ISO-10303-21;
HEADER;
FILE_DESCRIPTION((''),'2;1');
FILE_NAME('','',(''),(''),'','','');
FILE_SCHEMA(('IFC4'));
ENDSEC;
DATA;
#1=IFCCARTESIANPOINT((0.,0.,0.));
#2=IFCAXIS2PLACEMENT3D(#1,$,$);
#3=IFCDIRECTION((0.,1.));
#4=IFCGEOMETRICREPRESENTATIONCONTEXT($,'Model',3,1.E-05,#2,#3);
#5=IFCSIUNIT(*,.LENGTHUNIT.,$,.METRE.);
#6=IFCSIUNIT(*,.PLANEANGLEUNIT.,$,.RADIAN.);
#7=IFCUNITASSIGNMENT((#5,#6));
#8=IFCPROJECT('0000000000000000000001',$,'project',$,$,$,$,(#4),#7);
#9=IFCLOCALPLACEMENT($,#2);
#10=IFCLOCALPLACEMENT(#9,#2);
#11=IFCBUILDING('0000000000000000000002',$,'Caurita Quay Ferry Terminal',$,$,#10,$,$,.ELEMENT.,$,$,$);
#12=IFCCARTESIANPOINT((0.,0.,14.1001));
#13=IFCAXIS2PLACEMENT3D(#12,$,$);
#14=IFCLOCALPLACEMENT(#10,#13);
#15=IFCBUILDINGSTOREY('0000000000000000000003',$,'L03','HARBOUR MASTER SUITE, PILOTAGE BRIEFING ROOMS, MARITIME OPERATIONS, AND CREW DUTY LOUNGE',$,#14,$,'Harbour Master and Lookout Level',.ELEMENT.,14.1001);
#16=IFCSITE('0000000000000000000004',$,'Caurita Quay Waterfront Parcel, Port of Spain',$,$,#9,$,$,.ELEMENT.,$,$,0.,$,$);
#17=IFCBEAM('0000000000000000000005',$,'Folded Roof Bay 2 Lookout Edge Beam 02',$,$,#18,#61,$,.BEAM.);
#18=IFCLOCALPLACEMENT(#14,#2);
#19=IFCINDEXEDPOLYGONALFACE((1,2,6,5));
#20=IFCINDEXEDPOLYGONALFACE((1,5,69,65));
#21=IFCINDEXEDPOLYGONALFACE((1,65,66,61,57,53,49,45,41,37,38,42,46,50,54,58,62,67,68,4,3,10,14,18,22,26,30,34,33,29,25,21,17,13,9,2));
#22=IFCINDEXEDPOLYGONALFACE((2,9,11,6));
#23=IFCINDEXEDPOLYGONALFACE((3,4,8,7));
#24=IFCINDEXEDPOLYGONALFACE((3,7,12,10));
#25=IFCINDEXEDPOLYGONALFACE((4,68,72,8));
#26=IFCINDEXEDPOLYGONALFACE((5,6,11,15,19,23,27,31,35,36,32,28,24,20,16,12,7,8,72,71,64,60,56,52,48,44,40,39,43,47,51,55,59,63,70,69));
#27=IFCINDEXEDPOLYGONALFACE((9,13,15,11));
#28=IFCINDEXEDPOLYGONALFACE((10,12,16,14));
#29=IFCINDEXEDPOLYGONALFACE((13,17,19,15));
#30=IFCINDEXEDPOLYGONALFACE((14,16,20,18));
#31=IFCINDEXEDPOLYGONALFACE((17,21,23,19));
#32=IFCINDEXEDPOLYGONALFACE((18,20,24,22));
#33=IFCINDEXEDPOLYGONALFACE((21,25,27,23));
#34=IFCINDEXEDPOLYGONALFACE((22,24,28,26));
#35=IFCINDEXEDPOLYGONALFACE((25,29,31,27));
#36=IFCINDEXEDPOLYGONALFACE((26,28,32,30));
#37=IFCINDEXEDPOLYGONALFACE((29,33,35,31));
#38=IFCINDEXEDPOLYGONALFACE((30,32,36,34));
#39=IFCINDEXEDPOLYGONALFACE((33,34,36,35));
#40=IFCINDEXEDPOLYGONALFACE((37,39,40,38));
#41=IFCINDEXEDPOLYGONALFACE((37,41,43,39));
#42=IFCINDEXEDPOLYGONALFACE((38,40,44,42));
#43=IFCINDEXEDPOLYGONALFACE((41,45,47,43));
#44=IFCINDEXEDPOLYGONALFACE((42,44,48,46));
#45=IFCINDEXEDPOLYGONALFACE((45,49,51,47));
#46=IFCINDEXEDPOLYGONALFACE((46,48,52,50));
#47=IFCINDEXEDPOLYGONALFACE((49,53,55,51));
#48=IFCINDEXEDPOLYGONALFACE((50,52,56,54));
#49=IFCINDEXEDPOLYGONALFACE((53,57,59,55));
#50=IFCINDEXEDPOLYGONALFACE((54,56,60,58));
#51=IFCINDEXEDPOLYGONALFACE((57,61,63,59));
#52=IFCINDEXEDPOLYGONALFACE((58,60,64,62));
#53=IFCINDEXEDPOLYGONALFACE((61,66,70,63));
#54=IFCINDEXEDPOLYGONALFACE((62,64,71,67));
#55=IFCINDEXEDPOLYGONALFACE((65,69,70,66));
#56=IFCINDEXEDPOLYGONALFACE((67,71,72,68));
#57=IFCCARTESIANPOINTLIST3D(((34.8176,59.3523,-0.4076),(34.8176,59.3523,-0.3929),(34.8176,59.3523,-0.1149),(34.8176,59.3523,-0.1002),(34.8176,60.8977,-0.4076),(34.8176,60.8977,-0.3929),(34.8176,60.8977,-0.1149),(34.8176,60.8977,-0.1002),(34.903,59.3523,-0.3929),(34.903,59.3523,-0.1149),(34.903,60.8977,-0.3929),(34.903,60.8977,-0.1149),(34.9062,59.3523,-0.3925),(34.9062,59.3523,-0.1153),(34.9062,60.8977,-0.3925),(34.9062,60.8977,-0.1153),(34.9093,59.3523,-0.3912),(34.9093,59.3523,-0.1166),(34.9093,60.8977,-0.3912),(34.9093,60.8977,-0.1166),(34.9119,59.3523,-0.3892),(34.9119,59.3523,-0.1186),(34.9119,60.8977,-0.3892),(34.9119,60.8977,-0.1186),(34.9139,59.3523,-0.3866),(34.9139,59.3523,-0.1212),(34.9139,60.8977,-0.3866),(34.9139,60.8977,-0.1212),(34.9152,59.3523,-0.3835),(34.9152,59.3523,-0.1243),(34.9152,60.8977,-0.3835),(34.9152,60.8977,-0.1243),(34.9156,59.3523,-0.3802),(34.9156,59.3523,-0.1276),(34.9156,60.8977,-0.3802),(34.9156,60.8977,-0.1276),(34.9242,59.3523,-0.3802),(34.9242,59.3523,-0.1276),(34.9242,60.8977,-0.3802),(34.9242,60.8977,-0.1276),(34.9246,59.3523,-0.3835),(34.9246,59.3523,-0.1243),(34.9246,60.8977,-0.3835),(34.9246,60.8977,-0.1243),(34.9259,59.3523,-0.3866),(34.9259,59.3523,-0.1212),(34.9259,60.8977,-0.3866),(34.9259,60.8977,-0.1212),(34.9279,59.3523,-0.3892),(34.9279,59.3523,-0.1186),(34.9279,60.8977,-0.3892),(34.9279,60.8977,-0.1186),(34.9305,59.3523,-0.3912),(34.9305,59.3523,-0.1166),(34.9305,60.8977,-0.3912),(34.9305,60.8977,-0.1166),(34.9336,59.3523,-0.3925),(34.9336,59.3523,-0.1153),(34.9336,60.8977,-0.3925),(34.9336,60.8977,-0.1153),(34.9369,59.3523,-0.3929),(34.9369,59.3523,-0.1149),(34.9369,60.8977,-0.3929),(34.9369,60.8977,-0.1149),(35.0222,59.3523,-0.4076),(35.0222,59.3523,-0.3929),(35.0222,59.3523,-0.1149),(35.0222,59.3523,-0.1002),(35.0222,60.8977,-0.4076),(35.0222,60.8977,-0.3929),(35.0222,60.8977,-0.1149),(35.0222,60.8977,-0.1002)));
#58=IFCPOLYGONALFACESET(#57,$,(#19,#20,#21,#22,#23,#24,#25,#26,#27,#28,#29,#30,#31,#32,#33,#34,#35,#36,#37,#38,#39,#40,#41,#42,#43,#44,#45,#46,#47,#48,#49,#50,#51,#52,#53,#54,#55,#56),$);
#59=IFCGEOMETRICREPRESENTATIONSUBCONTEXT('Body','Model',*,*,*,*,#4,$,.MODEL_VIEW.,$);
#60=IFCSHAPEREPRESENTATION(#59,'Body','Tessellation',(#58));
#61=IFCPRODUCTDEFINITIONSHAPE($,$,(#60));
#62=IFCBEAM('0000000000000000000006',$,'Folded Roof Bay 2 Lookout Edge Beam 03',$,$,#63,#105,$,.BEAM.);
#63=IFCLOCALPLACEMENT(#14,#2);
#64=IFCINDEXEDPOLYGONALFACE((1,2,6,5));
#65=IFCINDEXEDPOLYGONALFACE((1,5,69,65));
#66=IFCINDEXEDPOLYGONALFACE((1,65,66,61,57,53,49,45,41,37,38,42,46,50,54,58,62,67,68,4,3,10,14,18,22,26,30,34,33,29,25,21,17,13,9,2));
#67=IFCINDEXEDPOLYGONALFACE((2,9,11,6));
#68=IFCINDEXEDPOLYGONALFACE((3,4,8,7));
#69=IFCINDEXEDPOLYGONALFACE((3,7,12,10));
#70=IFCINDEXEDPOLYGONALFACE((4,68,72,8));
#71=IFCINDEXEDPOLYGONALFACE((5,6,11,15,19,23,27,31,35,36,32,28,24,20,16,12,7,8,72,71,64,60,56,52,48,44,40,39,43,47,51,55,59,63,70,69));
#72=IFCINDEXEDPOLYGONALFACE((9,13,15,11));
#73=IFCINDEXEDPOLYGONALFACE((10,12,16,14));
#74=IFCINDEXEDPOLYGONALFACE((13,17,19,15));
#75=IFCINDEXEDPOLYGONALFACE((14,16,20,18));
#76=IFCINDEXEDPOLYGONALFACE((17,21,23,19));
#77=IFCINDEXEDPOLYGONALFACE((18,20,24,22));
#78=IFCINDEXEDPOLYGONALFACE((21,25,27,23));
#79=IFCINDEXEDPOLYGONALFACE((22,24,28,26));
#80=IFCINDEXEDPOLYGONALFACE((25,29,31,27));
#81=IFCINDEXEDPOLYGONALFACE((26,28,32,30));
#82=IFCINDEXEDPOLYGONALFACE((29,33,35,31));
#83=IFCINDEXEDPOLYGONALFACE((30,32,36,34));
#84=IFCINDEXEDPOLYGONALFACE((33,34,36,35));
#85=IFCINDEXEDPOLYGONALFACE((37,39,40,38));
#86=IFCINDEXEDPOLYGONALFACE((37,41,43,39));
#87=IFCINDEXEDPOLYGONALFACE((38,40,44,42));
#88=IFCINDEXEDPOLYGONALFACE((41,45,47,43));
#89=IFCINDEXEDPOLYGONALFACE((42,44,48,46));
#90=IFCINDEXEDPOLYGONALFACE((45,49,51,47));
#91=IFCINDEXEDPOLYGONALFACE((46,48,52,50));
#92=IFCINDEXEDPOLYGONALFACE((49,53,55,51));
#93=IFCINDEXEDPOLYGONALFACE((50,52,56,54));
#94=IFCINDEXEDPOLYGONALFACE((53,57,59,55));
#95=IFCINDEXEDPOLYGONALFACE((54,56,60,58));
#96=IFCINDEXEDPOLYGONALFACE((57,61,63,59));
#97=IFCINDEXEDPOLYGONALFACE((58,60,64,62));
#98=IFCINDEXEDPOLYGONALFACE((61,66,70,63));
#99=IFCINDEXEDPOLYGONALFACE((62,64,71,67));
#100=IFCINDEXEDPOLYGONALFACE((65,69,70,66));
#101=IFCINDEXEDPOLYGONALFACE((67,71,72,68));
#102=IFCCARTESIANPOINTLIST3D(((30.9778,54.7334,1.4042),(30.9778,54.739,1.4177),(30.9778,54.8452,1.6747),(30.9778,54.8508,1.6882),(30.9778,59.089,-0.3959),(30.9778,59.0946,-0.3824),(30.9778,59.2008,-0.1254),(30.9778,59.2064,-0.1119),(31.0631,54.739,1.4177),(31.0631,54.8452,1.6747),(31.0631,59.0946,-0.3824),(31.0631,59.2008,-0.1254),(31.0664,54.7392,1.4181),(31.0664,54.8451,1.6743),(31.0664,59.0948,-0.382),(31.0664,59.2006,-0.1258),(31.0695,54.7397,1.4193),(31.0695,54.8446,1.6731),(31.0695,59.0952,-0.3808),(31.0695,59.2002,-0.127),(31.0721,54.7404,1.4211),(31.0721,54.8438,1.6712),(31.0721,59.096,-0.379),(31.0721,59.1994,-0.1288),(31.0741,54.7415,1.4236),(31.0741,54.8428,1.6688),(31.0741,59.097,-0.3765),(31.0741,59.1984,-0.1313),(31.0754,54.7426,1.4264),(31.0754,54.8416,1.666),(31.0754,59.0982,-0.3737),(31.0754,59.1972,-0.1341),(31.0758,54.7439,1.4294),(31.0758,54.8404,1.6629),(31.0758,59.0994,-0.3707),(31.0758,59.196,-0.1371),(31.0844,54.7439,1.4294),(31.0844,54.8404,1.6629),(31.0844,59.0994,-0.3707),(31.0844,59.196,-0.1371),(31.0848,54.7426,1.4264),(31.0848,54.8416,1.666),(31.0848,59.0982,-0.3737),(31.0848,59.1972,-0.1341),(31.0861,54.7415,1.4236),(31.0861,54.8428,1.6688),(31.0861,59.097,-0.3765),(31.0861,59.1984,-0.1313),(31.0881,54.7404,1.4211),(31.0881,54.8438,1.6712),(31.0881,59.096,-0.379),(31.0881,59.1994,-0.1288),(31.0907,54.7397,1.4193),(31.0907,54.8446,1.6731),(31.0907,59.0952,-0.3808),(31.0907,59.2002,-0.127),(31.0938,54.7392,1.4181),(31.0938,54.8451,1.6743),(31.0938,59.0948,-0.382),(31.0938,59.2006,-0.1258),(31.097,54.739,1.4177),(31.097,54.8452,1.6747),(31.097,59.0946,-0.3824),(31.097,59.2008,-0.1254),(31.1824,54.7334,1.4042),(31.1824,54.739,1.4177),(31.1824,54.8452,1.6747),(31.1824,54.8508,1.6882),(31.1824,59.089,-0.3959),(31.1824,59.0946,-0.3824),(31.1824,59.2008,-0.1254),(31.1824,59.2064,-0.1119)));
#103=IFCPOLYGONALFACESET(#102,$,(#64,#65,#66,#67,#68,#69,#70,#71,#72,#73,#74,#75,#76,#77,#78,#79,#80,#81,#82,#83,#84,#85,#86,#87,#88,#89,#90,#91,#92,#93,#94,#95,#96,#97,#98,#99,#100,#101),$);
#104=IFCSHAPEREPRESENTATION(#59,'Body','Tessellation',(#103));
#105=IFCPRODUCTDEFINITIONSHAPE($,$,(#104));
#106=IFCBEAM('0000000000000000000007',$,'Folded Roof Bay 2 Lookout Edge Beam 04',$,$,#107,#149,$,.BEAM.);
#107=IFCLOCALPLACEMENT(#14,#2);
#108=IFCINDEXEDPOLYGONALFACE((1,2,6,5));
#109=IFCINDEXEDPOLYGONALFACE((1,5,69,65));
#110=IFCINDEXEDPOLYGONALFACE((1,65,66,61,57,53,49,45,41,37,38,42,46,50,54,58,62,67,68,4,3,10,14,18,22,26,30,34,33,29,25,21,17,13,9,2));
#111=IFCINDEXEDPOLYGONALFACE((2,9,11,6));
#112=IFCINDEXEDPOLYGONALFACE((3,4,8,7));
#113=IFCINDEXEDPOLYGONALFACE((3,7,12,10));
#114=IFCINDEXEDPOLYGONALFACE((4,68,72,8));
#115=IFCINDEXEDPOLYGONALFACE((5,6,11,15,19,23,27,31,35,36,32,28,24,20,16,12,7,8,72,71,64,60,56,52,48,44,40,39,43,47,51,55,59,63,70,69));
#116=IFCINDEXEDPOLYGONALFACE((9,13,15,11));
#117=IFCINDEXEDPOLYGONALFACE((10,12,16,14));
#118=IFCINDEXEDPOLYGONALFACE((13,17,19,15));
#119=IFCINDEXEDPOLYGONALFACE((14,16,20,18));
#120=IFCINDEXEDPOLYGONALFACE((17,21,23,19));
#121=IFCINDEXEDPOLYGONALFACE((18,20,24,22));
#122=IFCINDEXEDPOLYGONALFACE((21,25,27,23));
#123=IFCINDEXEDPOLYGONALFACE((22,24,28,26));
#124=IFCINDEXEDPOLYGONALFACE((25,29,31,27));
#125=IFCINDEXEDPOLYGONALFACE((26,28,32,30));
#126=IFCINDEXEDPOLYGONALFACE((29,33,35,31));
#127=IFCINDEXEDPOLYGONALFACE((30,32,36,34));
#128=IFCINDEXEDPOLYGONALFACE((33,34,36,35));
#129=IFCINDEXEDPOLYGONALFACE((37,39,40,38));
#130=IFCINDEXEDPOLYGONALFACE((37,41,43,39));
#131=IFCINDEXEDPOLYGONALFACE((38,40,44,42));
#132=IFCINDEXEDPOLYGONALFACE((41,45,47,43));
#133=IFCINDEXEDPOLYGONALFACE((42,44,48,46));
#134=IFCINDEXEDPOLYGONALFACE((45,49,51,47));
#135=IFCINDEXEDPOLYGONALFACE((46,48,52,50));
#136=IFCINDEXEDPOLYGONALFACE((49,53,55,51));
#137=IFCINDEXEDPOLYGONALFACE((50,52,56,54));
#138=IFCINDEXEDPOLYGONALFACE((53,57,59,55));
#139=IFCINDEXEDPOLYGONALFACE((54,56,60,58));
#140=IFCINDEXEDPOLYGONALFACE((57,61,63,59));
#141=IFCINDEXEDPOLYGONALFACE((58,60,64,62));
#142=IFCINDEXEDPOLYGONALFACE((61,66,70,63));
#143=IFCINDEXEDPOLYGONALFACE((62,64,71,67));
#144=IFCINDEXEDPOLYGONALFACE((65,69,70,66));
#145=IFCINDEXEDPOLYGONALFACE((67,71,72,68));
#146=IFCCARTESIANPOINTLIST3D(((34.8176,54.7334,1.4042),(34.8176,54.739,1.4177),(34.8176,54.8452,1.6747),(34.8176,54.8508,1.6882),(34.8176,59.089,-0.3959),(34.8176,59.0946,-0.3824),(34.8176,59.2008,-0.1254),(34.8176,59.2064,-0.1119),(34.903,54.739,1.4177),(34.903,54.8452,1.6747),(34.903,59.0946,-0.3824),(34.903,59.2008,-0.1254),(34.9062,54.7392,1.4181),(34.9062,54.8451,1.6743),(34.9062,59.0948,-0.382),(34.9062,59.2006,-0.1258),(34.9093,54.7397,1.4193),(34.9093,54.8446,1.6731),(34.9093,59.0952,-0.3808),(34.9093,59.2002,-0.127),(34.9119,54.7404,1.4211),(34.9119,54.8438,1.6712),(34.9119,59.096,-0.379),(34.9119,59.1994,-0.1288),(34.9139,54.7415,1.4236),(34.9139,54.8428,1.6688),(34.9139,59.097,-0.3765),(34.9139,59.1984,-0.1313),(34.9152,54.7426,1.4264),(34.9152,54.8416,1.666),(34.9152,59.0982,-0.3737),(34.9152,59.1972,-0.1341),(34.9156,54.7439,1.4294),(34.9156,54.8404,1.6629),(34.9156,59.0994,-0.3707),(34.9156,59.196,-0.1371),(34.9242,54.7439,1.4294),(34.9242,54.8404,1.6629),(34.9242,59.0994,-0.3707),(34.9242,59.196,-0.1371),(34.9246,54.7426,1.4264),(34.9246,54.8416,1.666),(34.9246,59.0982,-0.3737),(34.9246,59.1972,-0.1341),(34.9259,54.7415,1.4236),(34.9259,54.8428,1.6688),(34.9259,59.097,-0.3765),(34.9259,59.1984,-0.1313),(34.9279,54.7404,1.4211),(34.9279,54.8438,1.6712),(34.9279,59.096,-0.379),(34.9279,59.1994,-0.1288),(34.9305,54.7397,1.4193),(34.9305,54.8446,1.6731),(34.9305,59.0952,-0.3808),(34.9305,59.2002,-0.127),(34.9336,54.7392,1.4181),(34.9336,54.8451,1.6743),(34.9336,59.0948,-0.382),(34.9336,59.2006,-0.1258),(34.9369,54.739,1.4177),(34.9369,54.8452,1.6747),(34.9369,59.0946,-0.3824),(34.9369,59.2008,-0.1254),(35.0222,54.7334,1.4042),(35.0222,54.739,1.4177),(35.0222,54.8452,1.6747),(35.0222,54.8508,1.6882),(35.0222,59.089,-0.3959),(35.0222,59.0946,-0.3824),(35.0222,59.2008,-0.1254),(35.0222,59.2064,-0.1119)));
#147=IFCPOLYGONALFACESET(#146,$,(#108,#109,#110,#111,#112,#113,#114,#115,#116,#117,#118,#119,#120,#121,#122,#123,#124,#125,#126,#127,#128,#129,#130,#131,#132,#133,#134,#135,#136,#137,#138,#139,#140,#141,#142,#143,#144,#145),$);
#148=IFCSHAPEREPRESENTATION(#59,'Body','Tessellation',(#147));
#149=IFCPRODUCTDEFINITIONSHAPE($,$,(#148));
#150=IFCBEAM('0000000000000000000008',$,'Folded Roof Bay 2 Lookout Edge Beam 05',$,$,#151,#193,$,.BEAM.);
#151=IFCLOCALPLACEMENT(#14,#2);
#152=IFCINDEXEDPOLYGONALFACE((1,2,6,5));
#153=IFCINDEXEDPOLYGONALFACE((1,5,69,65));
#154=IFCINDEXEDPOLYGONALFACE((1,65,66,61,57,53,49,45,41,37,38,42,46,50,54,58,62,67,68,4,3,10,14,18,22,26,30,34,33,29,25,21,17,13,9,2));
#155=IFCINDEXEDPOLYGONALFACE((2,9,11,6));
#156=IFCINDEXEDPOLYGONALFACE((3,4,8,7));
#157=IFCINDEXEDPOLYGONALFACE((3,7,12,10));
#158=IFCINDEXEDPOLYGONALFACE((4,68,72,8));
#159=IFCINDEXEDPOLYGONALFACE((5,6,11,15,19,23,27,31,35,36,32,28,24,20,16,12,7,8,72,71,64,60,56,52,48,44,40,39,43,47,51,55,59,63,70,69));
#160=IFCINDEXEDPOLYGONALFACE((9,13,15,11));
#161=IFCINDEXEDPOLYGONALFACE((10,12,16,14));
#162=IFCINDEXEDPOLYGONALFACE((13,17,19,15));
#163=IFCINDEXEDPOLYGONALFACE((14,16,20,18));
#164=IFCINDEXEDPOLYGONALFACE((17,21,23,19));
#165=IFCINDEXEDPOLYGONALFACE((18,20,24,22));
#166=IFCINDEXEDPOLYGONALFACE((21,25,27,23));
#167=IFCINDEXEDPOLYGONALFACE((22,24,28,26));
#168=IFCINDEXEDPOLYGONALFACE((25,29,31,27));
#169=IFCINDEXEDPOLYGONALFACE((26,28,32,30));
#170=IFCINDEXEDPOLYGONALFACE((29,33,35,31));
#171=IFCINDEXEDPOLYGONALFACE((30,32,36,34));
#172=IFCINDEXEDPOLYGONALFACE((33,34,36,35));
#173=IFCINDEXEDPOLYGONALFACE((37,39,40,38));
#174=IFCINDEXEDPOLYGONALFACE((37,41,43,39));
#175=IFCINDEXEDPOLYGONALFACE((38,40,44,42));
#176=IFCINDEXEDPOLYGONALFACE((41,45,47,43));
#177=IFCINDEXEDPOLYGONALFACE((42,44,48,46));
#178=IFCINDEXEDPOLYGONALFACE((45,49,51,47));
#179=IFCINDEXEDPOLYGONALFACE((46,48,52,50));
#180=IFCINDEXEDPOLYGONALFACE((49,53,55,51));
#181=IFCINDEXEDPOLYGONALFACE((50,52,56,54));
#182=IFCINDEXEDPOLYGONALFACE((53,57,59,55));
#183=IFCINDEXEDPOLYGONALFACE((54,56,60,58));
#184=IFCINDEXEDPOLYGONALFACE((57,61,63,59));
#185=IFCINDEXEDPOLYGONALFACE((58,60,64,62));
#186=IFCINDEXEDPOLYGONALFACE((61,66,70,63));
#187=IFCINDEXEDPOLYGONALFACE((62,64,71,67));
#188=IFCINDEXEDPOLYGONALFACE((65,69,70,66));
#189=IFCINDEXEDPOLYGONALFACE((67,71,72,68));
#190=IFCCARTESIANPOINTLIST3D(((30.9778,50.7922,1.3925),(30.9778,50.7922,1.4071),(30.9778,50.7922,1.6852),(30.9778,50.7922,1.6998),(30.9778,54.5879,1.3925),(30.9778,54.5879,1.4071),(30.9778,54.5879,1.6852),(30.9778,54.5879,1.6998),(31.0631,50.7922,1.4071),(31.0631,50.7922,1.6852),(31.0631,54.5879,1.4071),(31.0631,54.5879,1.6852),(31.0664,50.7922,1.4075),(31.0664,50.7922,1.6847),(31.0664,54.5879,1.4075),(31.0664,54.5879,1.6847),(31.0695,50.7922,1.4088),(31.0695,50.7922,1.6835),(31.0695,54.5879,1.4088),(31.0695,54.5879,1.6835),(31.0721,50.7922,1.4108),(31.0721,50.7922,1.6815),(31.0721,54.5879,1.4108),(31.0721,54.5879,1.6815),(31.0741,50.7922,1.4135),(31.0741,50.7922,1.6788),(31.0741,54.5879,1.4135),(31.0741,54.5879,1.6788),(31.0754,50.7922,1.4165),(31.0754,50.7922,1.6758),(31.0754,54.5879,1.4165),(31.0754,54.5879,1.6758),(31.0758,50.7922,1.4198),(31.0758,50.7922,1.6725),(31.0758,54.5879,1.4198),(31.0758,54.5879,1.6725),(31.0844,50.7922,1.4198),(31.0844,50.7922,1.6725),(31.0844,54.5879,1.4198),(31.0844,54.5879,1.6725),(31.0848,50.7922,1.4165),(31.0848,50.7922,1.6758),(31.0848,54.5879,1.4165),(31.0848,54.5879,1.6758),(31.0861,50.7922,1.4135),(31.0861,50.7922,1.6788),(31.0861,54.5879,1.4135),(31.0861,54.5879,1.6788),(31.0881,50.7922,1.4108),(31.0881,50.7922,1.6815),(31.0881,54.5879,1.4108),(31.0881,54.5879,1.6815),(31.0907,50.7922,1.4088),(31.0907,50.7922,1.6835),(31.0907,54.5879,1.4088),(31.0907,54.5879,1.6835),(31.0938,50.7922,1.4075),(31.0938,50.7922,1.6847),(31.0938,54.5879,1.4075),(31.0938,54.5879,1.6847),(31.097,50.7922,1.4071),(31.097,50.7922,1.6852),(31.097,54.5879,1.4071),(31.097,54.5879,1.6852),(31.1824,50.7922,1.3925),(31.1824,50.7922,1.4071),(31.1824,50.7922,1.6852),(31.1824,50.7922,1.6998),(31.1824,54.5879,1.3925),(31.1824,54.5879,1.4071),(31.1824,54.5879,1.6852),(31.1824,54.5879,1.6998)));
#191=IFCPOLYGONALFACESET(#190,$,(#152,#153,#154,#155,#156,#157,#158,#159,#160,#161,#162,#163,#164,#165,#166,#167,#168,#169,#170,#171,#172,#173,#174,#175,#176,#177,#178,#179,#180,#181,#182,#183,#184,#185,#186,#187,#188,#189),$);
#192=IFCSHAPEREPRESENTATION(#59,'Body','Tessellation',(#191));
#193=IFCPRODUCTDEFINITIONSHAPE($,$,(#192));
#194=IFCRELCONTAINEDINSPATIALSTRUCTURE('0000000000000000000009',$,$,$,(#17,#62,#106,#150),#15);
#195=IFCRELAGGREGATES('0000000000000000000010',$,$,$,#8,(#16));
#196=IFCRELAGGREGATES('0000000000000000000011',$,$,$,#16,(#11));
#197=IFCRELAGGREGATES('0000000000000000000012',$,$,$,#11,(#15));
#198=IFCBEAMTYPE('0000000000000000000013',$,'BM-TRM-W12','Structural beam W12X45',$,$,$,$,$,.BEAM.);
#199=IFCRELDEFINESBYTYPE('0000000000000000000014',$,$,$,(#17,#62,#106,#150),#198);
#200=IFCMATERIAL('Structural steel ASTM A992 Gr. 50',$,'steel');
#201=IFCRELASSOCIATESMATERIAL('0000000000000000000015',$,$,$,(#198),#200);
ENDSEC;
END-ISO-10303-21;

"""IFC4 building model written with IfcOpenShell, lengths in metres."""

from ifc_helpers import new_model, si_unit, direction, frame, origin, origin_2d, place, context, subcontext, project, spatial, i_section, extrude, material, material_profile, profile_set, type_object, element, save


model = new_model("IFC4")

# Units and contexts
model_context = context("Model", 3, precision=1e-05, world=origin(), true_north=direction((0.0, 1.0)))
body_context = subcontext(model_context, "Body", "Model", "MODEL_VIEW")
ifc_project = project(units=[si_unit("LENGTHUNIT", "METRE"), si_unit("PLANEANGLEUNIT", "RADIAN")], contexts=[model_context])

# Site, building, storey
site_placement = place(None, origin())
site = spatial("IfcSite", under=ifc_project, at=site_placement, Name="Caurita Quay Waterfront Parcel, Port of Spain", CompositionType="ELEMENT", RefElevation=0.0)
building_placement = place(site_placement, origin())
building = spatial("IfcBuilding", under=site, at=building_placement, Name="Caurita Quay Ferry Terminal", CompositionType="ELEMENT")
storey_placement = place(building_placement, frame((0.0, 0.0, 14.1001)))
storey = spatial("IfcBuildingStorey", under=building, at=storey_placement, Name="L03", Description="HARBOUR MASTER SUITE, PILOTAGE BRIEFING ROOMS, MARITIME OPERATIONS, AND CREW DUTY LOUNGE", LongName="Harbour Master and Lookout Level", CompositionType="ELEMENT", Elevation=14.1001)

# Beams
ifc_material_1 = material(Name="Structural steel ASTM A992 Gr. 50", Category="steel")
ifc_material_profile_1 = material_profile(ifc_material_1, i_section(OverallWidth=0.2046, OverallDepth=0.3074, WebThickness=0.0085, FlangeThickness=0.0146, FilletRadius=0.0127, at=origin_2d()), Name="W12X45")
ifc_profile_set_1 = profile_set([ifc_material_profile_1], Name="Structural steel ASTM A992 Gr. 50")
beam_type_1 = type_object("IfcBeamType", Name="BM-TRM-W12", Description="Structural beam W12X45", PredefinedType="BEAM", material=ifc_profile_set_1)
for number, where, z_axis, x_axis, name in (
    (1, (34.9199, 60.8977, -0.2539), (0.0, -1.0, 0.0), (1.0, 0.0, 0.0), "Folded Roof Bay 2 Lookout Edge Beam 02"),
):
    element("IfcBeam", number, at=place(storey_placement, frame(where, z_axis=z_axis, x_axis=x_axis)), inside=storey, type_object=beam_type_1, Name=name, PredefinedType="BEAM", context=body_context, shape_type="SweptSolid", body=[
        extrude(i_section(OverallWidth=0.2046, OverallDepth=0.3074, WebThickness=0.0085, FlangeThickness=0.0146, FilletRadius=0.0127, at=origin_2d()), origin(), (0.0, 0.0, 1.0), 1.5454),
    ])
for number, where, z_axis, x_axis, name in (
    (2, (31.0801, 59.1477, -0.2539), (0.0, -0.924183, 0.381951), (1.0, 0.0, 0.0), "Folded Roof Bay 2 Lookout Edge Beam 03"),
    (3, (34.9199, 59.1477, -0.2539), (0.0, -0.924183, 0.381951), (1.0, 0.0, 0.0), "Folded Roof Bay 2 Lookout Edge Beam 04"),
):
    element("IfcBeam", number, at=place(storey_placement, frame(where, z_axis=z_axis, x_axis=x_axis)), inside=storey, type_object=beam_type_1, Name=name, PredefinedType="BEAM", context=body_context, shape_type="SweptSolid", body=[
        extrude(i_section(OverallWidth=0.2046, OverallDepth=0.3074, WebThickness=0.0085, FlangeThickness=0.0146, FilletRadius=0.0127, at=origin_2d()), origin(), (0.0, 0.0, 1.0), 4.7129),
    ])
for number, where, z_axis, x_axis, name in (
    (4, (31.0801, 54.5879, 1.5461), (0.0, -1.0, 0.0), (1.0, 0.0, 0.0), "Folded Roof Bay 2 Lookout Edge Beam 05"),
):
    element("IfcBeam", number, at=place(storey_placement, frame(where, z_axis=z_axis, x_axis=x_axis)), inside=storey, type_object=beam_type_1, Name=name, PredefinedType="BEAM", context=body_context, shape_type="SweptSolid", body=[
        extrude(i_section(OverallWidth=0.2046, OverallDepth=0.3074, WebThickness=0.0085, FlangeThickness=0.0146, FilletRadius=0.0127, at=origin_2d()), origin(), (0.0, 0.0, 1.0), 3.7957),
    ])

save(model, "model.ifc")
